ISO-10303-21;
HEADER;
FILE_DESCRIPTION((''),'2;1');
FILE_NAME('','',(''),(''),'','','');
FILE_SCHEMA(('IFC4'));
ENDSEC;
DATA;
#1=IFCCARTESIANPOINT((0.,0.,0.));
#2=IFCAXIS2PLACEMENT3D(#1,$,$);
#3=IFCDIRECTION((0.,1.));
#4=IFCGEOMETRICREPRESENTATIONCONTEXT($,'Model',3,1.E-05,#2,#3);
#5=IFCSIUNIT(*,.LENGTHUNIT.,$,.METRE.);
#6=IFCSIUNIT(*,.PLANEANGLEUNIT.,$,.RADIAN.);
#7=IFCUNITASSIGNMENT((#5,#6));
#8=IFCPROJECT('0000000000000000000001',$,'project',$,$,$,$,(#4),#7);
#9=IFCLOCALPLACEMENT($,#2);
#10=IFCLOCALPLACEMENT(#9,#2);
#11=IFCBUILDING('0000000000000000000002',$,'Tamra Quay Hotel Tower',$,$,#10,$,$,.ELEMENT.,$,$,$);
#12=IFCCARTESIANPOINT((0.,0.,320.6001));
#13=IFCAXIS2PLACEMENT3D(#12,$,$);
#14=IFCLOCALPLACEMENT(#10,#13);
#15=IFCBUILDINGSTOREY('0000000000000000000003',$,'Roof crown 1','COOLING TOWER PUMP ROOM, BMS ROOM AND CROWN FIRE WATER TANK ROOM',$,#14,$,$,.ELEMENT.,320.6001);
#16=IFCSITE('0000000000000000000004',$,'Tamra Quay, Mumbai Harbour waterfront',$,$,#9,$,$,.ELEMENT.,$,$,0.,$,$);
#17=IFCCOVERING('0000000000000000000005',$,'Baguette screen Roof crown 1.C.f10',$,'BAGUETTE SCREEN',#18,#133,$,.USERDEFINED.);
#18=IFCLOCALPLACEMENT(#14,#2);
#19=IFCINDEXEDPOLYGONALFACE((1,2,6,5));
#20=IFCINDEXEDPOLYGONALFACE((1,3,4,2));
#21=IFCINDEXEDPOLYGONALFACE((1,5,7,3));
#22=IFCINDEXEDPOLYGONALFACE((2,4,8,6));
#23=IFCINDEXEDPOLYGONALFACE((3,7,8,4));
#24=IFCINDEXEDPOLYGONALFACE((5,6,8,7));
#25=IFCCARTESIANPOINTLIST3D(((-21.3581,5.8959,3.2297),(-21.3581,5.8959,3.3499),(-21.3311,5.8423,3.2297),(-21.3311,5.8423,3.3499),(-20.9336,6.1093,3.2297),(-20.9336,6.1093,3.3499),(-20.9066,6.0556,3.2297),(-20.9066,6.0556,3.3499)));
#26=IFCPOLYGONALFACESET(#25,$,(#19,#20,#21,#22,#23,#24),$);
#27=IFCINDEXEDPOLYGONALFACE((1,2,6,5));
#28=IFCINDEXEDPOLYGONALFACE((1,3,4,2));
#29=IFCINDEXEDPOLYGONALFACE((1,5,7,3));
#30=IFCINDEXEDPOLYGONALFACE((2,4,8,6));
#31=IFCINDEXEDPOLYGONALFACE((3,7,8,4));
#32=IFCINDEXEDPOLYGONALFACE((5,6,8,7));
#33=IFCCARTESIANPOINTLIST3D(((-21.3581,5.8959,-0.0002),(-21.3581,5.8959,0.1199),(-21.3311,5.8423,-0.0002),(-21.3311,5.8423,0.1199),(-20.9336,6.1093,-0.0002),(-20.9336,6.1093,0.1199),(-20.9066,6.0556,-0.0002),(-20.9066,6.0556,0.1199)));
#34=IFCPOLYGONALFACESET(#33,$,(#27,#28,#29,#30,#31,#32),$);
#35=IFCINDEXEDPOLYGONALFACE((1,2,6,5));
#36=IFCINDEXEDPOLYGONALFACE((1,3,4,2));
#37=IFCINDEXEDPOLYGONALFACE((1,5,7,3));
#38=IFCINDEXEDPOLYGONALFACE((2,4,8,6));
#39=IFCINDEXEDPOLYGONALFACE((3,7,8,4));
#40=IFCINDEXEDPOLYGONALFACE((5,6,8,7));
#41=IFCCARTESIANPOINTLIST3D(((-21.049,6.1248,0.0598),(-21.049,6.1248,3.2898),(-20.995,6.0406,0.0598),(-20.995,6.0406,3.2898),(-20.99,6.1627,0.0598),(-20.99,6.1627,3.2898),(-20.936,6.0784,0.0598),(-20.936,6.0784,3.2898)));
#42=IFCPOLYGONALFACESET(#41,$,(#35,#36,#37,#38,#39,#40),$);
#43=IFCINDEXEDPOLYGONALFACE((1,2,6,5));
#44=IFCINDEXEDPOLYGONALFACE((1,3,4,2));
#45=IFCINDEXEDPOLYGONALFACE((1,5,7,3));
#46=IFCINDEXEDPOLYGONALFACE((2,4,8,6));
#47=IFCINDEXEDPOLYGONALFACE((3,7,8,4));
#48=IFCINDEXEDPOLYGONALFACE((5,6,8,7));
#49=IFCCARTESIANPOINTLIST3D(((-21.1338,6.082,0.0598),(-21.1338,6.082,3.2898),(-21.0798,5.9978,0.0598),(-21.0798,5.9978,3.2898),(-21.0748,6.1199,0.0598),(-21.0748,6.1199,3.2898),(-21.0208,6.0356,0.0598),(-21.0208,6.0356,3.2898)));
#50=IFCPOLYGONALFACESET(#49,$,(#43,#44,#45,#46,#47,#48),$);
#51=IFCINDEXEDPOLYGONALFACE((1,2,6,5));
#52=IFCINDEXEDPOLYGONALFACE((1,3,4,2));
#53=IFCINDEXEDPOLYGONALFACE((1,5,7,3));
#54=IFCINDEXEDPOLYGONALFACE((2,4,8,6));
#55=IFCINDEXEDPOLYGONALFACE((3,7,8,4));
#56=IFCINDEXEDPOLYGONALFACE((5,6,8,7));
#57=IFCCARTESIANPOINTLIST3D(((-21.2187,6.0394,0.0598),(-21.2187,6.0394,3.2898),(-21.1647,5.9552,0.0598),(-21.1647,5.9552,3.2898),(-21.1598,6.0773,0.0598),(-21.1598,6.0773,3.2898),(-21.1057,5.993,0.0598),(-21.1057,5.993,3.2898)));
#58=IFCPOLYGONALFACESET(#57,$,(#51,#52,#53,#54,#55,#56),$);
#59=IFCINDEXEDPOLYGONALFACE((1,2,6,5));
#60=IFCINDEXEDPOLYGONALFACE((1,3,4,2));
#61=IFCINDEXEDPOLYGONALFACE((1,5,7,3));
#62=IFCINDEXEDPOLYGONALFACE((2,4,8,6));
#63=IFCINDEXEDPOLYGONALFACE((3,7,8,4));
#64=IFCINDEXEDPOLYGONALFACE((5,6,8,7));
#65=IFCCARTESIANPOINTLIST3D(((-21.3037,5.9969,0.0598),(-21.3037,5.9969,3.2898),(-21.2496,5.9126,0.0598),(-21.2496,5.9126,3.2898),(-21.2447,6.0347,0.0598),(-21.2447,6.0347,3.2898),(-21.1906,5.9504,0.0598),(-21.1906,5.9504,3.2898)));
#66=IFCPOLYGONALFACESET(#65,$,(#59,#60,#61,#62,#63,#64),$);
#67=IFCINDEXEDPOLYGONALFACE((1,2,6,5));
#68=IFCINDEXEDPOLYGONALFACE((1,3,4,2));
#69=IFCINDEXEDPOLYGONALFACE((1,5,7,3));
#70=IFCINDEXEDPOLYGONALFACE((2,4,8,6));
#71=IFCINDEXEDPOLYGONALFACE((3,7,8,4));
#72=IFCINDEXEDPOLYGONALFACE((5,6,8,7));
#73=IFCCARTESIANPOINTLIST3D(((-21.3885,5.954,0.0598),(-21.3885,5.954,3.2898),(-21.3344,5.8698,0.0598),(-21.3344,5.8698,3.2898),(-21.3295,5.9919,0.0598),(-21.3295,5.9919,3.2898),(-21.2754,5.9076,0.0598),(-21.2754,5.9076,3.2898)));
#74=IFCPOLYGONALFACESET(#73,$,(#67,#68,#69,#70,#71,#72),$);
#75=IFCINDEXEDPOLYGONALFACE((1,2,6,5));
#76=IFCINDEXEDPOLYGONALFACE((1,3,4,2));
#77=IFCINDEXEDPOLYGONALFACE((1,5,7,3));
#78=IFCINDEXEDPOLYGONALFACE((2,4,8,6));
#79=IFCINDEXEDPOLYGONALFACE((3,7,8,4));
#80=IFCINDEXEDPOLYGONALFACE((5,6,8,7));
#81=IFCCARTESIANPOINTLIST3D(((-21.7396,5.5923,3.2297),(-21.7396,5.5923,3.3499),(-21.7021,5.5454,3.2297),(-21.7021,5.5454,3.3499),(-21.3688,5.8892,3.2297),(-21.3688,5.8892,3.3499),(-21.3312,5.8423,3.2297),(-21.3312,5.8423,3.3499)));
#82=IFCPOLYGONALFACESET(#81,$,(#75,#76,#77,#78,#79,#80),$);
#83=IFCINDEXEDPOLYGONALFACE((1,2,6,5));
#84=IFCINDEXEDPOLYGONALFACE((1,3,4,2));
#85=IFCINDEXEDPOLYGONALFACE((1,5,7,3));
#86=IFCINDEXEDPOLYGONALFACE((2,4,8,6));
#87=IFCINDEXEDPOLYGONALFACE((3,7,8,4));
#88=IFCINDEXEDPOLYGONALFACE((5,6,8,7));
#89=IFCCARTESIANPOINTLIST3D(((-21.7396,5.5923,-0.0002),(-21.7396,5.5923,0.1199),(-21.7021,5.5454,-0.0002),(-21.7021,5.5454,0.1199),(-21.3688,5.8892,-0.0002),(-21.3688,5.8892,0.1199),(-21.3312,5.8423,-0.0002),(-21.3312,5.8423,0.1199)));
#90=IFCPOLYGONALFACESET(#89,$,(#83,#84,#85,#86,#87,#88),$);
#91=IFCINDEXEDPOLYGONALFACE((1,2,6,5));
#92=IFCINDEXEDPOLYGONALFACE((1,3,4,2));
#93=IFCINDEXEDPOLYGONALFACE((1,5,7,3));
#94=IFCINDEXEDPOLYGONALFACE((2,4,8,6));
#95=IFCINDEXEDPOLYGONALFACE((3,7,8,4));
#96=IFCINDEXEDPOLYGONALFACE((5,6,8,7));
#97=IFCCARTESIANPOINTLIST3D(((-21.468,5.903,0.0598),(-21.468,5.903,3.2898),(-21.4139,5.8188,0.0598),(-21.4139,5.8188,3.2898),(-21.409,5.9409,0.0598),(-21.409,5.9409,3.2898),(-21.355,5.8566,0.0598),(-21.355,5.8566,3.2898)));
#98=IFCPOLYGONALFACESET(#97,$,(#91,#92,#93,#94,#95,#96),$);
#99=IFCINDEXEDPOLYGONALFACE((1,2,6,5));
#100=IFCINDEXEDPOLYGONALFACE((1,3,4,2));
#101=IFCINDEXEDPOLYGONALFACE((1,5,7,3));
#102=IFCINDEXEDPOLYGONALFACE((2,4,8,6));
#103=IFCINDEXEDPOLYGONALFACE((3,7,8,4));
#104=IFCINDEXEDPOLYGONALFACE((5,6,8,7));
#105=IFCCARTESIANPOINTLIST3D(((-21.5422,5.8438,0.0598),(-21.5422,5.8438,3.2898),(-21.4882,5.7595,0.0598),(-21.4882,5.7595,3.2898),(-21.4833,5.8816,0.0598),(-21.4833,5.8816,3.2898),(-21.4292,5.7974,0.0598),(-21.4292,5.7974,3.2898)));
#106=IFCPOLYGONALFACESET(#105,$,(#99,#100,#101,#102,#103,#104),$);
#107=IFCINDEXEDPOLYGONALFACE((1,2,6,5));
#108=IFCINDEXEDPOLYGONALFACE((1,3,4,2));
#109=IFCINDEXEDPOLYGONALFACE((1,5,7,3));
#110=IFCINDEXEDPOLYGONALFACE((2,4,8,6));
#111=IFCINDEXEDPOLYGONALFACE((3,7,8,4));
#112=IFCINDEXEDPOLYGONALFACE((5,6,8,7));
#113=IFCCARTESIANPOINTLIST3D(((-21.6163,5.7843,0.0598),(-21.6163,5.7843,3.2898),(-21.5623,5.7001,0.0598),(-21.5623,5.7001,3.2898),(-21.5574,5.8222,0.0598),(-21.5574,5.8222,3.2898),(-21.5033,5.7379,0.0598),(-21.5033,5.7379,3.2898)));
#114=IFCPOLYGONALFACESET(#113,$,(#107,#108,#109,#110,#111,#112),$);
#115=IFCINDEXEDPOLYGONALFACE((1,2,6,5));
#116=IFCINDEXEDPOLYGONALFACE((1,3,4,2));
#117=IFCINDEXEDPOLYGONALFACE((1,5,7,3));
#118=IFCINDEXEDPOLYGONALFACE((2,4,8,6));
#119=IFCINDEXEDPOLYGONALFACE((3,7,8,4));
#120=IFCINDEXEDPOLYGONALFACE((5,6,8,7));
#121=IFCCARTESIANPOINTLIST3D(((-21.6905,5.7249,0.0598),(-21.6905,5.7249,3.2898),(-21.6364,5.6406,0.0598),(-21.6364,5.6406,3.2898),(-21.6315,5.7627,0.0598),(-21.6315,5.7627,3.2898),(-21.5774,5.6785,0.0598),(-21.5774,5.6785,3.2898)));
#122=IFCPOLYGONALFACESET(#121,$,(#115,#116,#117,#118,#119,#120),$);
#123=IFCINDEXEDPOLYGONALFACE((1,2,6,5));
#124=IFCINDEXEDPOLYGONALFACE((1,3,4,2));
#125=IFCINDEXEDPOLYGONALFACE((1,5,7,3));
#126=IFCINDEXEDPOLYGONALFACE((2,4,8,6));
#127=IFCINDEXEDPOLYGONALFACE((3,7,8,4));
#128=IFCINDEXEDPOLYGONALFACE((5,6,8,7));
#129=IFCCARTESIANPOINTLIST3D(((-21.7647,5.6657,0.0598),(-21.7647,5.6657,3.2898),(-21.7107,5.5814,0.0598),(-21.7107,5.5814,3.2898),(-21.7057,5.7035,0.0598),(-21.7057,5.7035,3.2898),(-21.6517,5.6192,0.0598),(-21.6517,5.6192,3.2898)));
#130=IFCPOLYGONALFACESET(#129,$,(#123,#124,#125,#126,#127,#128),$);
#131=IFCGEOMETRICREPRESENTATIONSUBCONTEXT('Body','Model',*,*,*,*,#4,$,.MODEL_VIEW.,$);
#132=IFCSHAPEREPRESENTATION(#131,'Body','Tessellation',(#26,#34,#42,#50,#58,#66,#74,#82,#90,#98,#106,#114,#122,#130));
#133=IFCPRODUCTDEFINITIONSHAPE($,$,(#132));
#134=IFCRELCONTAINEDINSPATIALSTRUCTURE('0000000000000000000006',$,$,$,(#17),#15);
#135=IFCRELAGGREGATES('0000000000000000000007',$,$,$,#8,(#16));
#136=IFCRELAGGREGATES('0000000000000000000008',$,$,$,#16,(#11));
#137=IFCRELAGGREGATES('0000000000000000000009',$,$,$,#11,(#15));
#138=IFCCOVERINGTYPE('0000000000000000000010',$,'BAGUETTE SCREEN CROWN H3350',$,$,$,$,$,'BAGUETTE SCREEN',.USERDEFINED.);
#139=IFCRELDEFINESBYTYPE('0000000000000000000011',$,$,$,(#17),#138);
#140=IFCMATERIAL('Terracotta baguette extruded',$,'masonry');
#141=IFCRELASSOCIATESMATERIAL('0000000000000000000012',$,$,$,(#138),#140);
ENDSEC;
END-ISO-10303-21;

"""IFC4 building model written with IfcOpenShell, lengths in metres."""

from ifc_helpers import new_model, si_unit, direction, frame, frame_2d, origin, place, context, subcontext, project, spatial, rectangle, extrude, source, transform, mapped, material, type_object, element, save


model = new_model("IFC4")

# Units and contexts
model_context = context("Model", 3, precision=1e-05, world=origin(), true_north=direction((0.0, 1.0)))
body_context = subcontext(model_context, "Body", "Model", "MODEL_VIEW")
ifc_project = project(units=[si_unit("LENGTHUNIT", "METRE"), si_unit("PLANEANGLEUNIT", "RADIAN")], contexts=[model_context])

# Site, building, storey
site_placement = place(None, origin())
site = spatial("IfcSite", under=ifc_project, at=site_placement, Name="Tamra Quay, Mumbai Harbour waterfront", CompositionType="ELEMENT", RefElevation=0.0)
building_placement = place(site_placement, origin())
building = spatial("IfcBuilding", under=site, at=building_placement, Name="Tamra Quay Hotel Tower", CompositionType="ELEMENT")
storey_placement = place(building_placement, frame((0.0, 0.0, 320.6001)))
storey = spatial("IfcBuildingStorey", under=building, at=storey_placement, Name="Roof crown 1", Description="COOLING TOWER PUMP ROOM, BMS ROOM AND CROWN FIRE WATER TANK ROOM", CompositionType="ELEMENT", Elevation=320.6001)

# Covering
ifc_material_1 = material(Name="Terracotta baguette extruded", Category="masonry")
covering_type = type_object("IfcCoveringType", Name="BAGUETTE SCREEN CROWN H3350", ElementType="BAGUETTE SCREEN", PredefinedType="USERDEFINED", material=ifc_material_1)
shared_shape_1 = source(origin(), body_context, "Body", "SweptSolid", [
    extrude(rectangle(XDim=0.4751, YDim=0.0601, at=frame_2d((0.2375, 0.03))), frame((-0.4788, -0.0576, -0.1201), z_axis=(0.0, 0.0, 1.0), x_axis=(0.994522, -0.104528, 0.0)), (0.0, 0.0, 1.0), 0.1201),
    extrude(rectangle(XDim=0.4751, YDim=0.0601, at=frame_2d((0.2375, 0.03))), frame((-0.4788, -0.0576, -3.3501), z_axis=(0.0, 0.0, 1.0), x_axis=(0.994522, -0.104528, 0.0)), (0.0, 0.0, 1.0), 0.1201),
    extrude(rectangle(XDim=0.0701, YDim=0.1001, at=frame_2d((0.0352, 0.05))), frame((-0.4602, -0.1331, -3.29)), (0.0, 0.0, 1.0), 3.23),
    extrude(rectangle(XDim=0.0701, YDim=0.1001, at=frame_2d((0.0352, 0.05))), frame((-0.3657, -0.1428, -3.29)), (0.0, 0.0, 1.0), 3.23),
    extrude(rectangle(XDim=0.0701, YDim=0.1001, at=frame_2d((0.0352, 0.05))), frame((-0.2712, -0.1528, -3.29)), (0.0, 0.0, 1.0), 3.23),
    extrude(rectangle(XDim=0.0701, YDim=0.1001, at=frame_2d((0.0352, 0.05))), frame((-0.1768, -0.1628, -3.29)), (0.0, 0.0, 1.0), 3.23),
    extrude(rectangle(XDim=0.0701, YDim=0.1001, at=frame_2d((0.0352, 0.05))), frame((-0.0823, -0.1726, -3.29)), (0.0, 0.0, 1.0), 3.23),
    extrude(rectangle(XDim=0.4751, YDim=0.0601, at=frame_2d((0.2375, 0.03))), frame((0.0063, -0.1074, -0.1201), z_axis=(0.0, 0.0, 1.0), x_axis=(0.994522, 0.104528, 0.0)), (0.0, 0.0, 1.0), 0.1201),
    extrude(rectangle(XDim=0.4751, YDim=0.0601, at=frame_2d((0.2375, 0.03))), frame((0.0063, -0.1074, -3.3501), z_axis=(0.0, 0.0, 1.0), x_axis=(0.994522, 0.104528, 0.0)), (0.0, 0.0, 1.0), 0.1201),
    extrude(rectangle(XDim=0.0701, YDim=0.1001, at=frame_2d((0.0352, 0.05))), frame((0.0122, -0.1726, -3.29)), (0.0, 0.0, 1.0), 3.23),
    extrude(rectangle(XDim=0.0701, YDim=0.1001, at=frame_2d((0.0352, 0.05))), frame((0.1067, -0.1628, -3.29)), (0.0, 0.0, 1.0), 3.23),
    extrude(rectangle(XDim=0.0701, YDim=0.1001, at=frame_2d((0.0352, 0.05))), frame((0.2012, -0.1528, -3.29)), (0.0, 0.0, 1.0), 3.23),
    extrude(rectangle(XDim=0.0701, YDim=0.1001, at=frame_2d((0.0352, 0.05))), frame((0.2957, -0.1428, -3.29)), (0.0, 0.0, 1.0), 3.23),
    extrude(rectangle(XDim=0.0701, YDim=0.1001, at=frame_2d((0.0352, 0.05))), frame((0.3901, -0.1331, -3.29)), (0.0, 0.0, 1.0), 3.23),
])
covering_1_placement = place(storey_placement, frame((-21.3054, 5.8022, 3.3499), z_axis=(0.0, 0.0, 1.0), x_axis=(-0.841665, -0.54, 0.0)))
element("IfcCovering", 1, at=covering_1_placement, inside=storey, type_object=covering_type, Name="Baguette screen Roof crown 1.C.f10", ObjectType="BAGUETTE SCREEN", PredefinedType="USERDEFINED", context=body_context, shape_type="MappedRepresentation", body=[
    mapped(shared_shape_1, transform((0.0, 0.0, 0.0), scale=1.0)),
])

save(model, "model.ifc")
